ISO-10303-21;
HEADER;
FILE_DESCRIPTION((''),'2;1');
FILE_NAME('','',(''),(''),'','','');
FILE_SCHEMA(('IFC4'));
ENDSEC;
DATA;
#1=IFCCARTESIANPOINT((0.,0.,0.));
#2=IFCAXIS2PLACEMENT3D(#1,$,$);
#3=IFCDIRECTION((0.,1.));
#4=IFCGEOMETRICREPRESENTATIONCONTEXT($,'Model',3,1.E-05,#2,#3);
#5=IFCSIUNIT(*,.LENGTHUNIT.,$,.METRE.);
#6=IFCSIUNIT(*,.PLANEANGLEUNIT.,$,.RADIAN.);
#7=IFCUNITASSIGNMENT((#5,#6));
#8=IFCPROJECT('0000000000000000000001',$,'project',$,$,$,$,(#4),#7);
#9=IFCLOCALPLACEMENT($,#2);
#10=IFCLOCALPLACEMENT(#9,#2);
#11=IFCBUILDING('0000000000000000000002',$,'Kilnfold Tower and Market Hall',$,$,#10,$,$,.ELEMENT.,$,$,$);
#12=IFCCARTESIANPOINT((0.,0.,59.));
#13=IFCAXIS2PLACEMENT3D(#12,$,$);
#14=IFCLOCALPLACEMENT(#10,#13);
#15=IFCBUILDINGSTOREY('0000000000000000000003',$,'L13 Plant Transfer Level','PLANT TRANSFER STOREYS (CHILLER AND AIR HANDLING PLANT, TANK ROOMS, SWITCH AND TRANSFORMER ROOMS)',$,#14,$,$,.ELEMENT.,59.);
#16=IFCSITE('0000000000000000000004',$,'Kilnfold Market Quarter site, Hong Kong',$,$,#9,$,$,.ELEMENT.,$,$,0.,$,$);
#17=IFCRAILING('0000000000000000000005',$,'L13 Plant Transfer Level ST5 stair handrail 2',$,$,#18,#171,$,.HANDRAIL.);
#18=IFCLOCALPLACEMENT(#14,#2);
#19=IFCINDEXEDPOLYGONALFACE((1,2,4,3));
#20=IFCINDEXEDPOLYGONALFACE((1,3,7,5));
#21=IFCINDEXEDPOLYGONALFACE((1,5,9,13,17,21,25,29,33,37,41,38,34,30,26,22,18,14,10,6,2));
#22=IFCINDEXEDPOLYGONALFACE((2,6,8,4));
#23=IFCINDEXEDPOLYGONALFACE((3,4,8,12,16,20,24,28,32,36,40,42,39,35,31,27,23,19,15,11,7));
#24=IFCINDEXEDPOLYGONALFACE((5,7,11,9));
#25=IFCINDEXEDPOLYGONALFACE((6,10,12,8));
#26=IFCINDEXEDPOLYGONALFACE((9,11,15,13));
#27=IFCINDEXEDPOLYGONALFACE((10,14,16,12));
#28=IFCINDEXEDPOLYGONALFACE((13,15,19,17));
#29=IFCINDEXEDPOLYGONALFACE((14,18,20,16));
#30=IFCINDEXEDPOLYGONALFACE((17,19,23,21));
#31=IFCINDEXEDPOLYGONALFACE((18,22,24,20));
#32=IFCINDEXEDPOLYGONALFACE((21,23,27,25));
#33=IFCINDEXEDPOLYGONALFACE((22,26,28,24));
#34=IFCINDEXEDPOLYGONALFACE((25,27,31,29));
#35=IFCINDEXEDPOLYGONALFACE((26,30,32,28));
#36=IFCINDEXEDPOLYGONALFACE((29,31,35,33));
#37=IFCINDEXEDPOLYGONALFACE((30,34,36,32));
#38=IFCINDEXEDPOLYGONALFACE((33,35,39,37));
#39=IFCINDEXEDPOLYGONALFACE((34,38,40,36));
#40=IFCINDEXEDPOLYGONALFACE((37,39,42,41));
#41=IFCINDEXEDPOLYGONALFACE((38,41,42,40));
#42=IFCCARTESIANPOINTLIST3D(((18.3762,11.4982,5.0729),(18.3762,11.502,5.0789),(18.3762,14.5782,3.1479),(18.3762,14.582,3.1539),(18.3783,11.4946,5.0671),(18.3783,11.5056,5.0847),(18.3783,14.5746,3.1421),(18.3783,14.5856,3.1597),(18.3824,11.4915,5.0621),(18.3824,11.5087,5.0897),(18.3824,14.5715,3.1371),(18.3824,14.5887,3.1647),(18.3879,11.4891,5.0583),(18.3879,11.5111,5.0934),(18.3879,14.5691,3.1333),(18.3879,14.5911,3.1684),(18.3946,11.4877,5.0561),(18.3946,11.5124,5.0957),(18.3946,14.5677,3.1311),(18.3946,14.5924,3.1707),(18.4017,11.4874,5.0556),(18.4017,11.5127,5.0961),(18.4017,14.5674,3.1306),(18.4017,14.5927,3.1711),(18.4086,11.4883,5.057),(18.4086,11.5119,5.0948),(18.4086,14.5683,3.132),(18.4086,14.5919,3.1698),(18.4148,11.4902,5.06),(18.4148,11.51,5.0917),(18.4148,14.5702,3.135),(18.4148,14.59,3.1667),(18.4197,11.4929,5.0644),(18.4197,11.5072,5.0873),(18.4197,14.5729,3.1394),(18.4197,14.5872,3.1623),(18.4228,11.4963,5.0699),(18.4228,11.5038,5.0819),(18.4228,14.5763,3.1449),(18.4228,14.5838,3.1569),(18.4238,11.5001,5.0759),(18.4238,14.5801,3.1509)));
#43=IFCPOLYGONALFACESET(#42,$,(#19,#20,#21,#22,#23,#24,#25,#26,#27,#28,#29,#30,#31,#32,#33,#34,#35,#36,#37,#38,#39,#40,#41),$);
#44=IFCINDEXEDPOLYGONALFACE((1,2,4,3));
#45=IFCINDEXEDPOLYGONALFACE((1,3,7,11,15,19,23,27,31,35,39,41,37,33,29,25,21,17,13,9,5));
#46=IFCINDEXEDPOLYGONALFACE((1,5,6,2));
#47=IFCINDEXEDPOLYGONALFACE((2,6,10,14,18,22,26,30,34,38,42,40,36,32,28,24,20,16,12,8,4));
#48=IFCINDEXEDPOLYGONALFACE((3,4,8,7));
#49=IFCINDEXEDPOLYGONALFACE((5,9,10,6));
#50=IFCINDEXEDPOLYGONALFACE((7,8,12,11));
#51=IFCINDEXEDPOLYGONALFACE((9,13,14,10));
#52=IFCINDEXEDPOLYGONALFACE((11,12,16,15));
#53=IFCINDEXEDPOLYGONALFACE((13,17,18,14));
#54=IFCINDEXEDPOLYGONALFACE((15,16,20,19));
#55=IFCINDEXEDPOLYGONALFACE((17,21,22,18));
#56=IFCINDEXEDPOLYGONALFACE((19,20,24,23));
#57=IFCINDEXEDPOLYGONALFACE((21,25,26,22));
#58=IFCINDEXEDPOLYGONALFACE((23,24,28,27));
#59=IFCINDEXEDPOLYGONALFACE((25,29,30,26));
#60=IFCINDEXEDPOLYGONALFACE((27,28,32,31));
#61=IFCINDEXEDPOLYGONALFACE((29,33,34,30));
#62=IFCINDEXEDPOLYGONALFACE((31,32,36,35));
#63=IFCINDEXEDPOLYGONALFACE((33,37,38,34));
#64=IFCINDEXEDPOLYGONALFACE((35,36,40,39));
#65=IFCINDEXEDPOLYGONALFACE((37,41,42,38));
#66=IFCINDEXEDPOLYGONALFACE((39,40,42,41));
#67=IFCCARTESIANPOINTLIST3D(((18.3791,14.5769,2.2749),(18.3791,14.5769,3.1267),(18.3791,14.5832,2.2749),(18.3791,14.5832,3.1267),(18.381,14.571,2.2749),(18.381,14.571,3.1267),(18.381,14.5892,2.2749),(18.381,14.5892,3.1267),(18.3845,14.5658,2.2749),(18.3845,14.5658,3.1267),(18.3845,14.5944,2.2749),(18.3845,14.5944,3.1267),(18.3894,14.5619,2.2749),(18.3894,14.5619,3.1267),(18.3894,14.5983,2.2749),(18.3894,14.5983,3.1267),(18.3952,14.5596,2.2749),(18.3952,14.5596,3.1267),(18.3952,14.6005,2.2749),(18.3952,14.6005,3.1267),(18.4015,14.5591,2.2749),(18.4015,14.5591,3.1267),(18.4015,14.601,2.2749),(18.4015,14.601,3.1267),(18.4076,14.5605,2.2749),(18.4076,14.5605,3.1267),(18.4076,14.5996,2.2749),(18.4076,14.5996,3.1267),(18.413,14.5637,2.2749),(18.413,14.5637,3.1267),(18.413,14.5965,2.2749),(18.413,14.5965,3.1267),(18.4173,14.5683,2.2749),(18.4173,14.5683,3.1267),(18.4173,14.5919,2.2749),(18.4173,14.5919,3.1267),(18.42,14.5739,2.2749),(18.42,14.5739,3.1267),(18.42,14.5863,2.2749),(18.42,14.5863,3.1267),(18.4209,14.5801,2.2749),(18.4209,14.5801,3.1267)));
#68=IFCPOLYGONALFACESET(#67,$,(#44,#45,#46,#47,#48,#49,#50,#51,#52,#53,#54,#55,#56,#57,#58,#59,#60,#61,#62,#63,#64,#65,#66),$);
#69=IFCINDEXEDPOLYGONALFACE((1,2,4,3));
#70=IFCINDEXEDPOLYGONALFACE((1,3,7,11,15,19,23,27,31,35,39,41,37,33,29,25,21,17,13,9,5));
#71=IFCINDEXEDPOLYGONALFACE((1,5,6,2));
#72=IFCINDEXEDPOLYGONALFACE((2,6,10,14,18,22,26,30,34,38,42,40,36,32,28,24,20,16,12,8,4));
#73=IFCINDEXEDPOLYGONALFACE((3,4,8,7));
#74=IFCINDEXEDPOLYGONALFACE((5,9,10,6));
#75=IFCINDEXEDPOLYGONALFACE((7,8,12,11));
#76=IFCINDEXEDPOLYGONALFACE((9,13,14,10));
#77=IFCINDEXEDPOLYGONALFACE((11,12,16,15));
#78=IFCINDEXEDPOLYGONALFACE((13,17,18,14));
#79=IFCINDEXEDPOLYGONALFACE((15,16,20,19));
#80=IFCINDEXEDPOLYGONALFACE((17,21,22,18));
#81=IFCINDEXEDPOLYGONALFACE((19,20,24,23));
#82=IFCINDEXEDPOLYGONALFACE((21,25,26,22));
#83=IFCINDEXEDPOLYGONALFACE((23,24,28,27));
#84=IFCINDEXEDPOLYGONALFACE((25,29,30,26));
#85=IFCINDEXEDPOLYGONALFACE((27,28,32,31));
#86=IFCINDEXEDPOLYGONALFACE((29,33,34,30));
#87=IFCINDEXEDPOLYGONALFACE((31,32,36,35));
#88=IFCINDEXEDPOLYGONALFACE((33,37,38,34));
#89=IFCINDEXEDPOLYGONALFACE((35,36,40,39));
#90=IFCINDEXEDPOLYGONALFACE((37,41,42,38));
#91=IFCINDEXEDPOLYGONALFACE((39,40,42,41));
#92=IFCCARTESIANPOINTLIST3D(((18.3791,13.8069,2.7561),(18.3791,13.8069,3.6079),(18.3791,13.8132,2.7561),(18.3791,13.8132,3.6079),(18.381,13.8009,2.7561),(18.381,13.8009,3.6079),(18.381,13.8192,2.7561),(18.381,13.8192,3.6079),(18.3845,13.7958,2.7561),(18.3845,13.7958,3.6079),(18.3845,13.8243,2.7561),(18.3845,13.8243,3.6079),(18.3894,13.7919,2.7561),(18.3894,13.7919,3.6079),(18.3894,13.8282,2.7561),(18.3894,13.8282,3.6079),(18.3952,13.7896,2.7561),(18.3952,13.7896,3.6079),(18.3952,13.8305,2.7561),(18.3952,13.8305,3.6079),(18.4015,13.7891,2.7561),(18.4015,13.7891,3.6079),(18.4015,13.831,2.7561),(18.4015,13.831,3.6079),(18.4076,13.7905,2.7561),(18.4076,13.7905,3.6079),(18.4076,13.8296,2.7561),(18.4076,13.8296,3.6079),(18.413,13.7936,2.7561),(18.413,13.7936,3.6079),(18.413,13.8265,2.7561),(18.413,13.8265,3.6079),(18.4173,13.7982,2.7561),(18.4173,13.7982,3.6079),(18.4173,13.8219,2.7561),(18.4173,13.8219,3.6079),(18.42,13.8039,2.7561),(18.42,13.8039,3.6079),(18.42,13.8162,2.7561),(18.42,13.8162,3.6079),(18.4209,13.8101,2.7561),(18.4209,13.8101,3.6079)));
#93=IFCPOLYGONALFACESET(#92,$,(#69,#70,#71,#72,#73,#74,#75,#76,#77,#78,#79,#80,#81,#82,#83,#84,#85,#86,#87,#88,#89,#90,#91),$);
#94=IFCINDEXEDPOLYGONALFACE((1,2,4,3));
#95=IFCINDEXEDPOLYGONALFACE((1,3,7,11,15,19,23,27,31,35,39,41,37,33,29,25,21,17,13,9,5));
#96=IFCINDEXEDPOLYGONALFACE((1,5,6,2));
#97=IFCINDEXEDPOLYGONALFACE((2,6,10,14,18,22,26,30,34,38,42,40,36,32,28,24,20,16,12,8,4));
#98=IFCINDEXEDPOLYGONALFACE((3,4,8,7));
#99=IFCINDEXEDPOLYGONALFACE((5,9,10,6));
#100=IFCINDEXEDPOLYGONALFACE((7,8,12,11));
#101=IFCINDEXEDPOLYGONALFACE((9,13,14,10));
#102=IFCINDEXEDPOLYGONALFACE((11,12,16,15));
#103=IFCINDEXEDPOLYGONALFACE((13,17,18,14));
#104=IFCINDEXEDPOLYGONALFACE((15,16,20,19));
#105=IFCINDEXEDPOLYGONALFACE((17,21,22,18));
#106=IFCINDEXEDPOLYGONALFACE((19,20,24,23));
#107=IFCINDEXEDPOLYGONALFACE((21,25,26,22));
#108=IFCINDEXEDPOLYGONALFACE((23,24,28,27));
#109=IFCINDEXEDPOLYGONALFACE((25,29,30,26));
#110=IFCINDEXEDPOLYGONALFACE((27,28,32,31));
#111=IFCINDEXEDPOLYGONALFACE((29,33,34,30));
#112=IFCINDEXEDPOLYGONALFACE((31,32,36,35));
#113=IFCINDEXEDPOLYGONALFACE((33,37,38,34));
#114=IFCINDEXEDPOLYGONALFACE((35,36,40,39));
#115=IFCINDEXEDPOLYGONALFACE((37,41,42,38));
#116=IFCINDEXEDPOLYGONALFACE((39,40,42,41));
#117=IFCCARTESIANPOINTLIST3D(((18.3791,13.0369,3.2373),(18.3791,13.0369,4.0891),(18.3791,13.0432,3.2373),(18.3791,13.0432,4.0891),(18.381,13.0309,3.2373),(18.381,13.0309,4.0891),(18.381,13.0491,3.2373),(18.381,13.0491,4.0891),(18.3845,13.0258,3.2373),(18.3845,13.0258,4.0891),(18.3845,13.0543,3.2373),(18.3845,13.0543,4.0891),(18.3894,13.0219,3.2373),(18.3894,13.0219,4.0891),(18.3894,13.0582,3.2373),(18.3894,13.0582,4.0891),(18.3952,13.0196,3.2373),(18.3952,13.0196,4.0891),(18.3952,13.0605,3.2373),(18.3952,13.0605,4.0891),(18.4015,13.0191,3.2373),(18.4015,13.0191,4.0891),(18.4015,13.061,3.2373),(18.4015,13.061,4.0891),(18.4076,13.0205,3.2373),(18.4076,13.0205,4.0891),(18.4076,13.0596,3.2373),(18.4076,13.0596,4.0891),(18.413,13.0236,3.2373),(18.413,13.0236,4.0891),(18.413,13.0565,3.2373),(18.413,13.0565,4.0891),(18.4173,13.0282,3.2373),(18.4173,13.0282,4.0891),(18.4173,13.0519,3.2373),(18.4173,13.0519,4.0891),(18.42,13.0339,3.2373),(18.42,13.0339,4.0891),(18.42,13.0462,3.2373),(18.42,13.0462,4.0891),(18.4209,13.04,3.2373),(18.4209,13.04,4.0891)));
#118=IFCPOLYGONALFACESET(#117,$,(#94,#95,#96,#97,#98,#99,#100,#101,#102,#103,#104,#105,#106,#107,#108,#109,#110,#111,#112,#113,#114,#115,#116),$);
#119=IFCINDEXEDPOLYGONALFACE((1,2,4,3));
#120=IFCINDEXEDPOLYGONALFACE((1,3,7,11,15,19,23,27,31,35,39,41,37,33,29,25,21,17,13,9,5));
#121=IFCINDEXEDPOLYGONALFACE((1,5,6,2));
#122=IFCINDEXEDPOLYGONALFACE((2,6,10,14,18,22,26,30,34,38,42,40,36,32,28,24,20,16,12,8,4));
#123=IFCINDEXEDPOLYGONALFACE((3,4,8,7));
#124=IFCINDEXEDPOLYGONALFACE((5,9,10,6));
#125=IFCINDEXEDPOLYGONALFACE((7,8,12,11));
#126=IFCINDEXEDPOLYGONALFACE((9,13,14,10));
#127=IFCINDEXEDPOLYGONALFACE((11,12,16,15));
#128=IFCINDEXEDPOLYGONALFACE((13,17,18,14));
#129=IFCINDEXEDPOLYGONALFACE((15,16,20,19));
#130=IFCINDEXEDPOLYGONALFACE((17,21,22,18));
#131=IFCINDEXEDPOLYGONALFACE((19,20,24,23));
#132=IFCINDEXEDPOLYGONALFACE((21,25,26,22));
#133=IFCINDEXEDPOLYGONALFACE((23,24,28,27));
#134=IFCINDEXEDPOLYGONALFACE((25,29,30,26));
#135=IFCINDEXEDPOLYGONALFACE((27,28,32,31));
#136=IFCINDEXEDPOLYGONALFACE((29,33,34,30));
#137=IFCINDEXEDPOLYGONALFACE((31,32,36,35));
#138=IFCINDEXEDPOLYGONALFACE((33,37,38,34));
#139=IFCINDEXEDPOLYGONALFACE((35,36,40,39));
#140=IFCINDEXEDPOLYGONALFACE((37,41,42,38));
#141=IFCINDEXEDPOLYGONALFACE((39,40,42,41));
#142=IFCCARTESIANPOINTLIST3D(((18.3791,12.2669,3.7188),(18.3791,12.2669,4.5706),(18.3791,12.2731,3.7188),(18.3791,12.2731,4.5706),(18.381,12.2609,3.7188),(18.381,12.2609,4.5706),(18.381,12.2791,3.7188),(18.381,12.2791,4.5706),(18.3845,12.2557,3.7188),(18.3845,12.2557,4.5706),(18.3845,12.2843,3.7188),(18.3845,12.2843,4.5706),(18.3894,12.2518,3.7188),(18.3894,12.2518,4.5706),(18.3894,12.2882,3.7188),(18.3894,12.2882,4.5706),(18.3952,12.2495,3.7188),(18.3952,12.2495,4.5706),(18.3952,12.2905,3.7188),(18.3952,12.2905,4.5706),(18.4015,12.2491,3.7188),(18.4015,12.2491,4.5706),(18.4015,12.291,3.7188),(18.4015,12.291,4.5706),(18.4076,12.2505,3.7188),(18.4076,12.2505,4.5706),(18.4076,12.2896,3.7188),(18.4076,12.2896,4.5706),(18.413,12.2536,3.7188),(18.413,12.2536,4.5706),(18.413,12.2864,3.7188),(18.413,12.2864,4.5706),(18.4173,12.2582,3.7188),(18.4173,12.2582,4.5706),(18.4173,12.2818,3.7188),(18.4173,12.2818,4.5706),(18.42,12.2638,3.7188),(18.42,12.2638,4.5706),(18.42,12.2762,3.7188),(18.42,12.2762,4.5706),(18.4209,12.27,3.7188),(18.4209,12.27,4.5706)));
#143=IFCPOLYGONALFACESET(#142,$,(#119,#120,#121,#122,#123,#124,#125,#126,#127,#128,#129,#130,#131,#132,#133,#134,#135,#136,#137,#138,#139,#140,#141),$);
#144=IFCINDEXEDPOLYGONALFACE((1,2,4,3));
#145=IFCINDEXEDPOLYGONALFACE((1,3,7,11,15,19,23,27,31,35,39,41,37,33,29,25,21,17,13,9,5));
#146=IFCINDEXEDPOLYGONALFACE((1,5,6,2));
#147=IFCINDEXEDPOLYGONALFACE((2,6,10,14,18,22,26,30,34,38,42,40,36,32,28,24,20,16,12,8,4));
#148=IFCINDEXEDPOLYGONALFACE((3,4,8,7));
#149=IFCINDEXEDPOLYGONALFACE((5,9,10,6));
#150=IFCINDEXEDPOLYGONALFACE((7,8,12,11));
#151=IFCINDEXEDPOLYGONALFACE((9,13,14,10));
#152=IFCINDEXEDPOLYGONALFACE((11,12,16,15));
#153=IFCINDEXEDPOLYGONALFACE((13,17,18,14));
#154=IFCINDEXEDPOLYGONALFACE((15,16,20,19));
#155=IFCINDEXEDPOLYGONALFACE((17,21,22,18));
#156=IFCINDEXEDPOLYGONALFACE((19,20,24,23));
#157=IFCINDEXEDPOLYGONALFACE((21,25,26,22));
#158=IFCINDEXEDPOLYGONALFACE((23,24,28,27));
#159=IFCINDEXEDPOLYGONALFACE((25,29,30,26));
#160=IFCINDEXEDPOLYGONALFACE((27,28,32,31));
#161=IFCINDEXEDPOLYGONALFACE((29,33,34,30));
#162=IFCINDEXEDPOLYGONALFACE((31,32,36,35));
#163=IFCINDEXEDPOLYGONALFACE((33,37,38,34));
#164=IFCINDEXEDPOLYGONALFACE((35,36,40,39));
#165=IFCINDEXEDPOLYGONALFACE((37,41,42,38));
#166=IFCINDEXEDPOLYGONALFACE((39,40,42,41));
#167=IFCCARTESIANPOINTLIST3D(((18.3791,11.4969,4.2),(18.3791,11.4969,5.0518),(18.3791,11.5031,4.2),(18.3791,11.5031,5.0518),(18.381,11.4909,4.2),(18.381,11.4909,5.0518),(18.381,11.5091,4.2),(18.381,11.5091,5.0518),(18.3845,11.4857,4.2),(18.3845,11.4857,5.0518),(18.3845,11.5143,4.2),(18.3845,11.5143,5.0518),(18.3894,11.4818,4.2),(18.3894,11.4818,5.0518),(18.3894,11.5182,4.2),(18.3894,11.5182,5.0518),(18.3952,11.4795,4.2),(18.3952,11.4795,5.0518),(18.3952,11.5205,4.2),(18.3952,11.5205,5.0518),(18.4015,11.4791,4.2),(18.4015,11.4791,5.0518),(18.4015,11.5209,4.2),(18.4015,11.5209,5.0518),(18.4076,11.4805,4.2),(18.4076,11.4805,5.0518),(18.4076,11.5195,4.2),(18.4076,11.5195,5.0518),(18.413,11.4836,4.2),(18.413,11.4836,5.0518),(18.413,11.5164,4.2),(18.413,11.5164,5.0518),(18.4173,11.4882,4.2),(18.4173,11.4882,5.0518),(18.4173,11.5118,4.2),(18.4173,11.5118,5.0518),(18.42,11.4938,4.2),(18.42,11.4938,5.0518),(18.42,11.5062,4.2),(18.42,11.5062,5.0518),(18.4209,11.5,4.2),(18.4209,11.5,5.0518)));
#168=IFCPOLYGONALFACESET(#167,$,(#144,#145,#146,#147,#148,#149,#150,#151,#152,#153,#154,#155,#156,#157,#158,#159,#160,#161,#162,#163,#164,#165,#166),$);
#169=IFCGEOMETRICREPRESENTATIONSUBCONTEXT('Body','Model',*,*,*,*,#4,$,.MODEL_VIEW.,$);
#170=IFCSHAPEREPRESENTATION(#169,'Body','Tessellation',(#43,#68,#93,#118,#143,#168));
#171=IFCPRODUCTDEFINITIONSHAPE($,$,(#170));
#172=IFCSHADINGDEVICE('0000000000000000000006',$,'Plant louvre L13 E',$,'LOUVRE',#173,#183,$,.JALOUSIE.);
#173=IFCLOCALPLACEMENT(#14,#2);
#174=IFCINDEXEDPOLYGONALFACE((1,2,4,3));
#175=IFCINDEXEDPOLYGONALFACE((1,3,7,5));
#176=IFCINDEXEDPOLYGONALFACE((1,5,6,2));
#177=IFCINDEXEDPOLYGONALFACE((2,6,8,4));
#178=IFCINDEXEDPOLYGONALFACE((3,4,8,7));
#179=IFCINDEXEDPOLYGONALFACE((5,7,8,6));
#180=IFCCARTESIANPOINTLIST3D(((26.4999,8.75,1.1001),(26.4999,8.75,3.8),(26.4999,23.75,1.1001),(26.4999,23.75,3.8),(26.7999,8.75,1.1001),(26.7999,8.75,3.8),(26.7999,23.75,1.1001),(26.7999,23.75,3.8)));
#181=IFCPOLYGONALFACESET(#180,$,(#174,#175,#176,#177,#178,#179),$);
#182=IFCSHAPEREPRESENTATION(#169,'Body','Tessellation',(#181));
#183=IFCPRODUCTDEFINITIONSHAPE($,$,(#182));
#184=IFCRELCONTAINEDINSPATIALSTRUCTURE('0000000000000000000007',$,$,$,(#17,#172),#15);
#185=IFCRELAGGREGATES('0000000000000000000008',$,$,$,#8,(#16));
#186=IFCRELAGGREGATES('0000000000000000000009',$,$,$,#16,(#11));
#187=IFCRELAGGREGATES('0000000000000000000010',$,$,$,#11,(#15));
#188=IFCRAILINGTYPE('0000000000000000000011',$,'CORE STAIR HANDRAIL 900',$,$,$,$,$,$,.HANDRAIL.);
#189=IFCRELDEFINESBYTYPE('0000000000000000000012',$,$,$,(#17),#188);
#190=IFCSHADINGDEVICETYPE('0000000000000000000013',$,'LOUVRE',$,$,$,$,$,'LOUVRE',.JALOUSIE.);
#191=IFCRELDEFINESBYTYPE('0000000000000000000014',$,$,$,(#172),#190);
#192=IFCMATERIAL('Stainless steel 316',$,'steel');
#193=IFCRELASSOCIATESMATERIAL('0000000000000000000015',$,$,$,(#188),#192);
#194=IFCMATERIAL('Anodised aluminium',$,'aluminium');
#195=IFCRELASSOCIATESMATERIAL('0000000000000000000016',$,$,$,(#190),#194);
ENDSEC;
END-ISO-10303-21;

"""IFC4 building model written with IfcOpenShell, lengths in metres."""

from ifc_helpers import new_model, si_unit, direction, frame, origin, origin_2d, place, context, subcontext, project, spatial, rectangle, circle, extrude, source, transform, mapped, material, type_object, element, save


model = new_model("IFC4")

# Units and contexts
model_context = context("Model", 3, precision=1e-05, world=origin(), true_north=direction((0.0, 1.0)))
body_context = subcontext(model_context, "Body", "Model", "MODEL_VIEW")
ifc_project = project(units=[si_unit("LENGTHUNIT", "METRE"), si_unit("PLANEANGLEUNIT", "RADIAN")], contexts=[model_context])

# Site, building, storey
site_placement = place(None, origin())
site = spatial("IfcSite", under=ifc_project, at=site_placement, Name="Kilnfold Market Quarter site, Hong Kong", CompositionType="ELEMENT", RefElevation=0.0)
building_placement = place(site_placement, origin())
building = spatial("IfcBuilding", under=site, at=building_placement, Name="Kilnfold Tower and Market Hall", CompositionType="ELEMENT")
storey_placement = place(building_placement, frame((0.0, 0.0, 59.0)))
storey = spatial("IfcBuildingStorey", under=building, at=storey_placement, Name="L13 Plant Transfer Level", Description="PLANT TRANSFER STOREYS (CHILLER AND AIR HANDLING PLANT, TANK ROOMS, SWITCH AND TRANSFORMER ROOMS)", CompositionType="ELEMENT", Elevation=59.0)

# Railing
ifc_material_1 = material(Name="Stainless steel 316", Category="steel")
railing_type_1 = type_object("IfcRailingType", Name="CORE STAIR HANDRAIL 900", PredefinedType="HANDRAIL", material=ifc_material_1)
railing_1_placement = place(storey_placement, frame((18.3999, 14.5801, 2.2749)))
element("IfcRailing", 1, at=railing_1_placement, inside=storey, type_object=railing_type_1, Name="L13 Plant Transfer Level ST5 stair handrail 2", PredefinedType="HANDRAIL", context=body_context, shape_type="SweptSolid", body=[
    extrude(circle(Radius=0.0239, at=origin_2d()), frame((0.0, 0.0, 0.876), z_axis=(0.0, -0.847998, 0.529999), x_axis=(1.0, 0.0, 0.0)), (0.0, 0.0, 1.0), 3.6321),
    extrude(circle(Radius=0.021, at=origin_2d()), origin(), (0.0, 0.0, 1.0), 0.8518),
    extrude(circle(Radius=0.021, at=origin_2d()), frame((0.0, -0.77, 0.4812)), (0.0, 0.0, 1.0), 0.8518),
    extrude(circle(Radius=0.021, at=origin_2d()), frame((0.0, -1.54, 0.9624)), (0.0, 0.0, 1.0), 0.8518),
    extrude(circle(Radius=0.021, at=origin_2d()), frame((0.0, -2.3101, 1.4438)), (0.0, 0.0, 1.0), 0.8518),
    extrude(circle(Radius=0.021, at=origin_2d()), frame((0.0, -3.0801, 1.925)), (0.0, 0.0, 1.0), 0.8518),
])

# Shading device
ifc_material_2 = material(Name="Anodised aluminium", Category="aluminium")
shading_device_type = type_object("IfcShadingDeviceType", Name="LOUVRE", ElementType="LOUVRE", PredefinedType="JALOUSIE", material=ifc_material_2)
shared_shape_1 = source(origin(), body_context, "Body", "SweptSolid", [
    extrude(rectangle(XDim=15.0, YDim=0.3, at=origin_2d()), origin(), (0.0, 0.0, 1.0), 2.7),
])
shading_device_placement = place(storey_placement, frame((26.6499, 16.25, 1.1001), z_axis=(0.0, 0.0, 1.0), x_axis=(0.0, 1.0, 0.0)))
element("IfcShadingDevice", 2, at=shading_device_placement, inside=storey, type_object=shading_device_type, Name="Plant louvre L13 E", ObjectType="LOUVRE", PredefinedType="JALOUSIE", context=body_context, shape_type="MappedRepresentation", body=[
    mapped(shared_shape_1, transform((0.0, 0.0, 0.0))),
])

save(model, "model.ifc")
